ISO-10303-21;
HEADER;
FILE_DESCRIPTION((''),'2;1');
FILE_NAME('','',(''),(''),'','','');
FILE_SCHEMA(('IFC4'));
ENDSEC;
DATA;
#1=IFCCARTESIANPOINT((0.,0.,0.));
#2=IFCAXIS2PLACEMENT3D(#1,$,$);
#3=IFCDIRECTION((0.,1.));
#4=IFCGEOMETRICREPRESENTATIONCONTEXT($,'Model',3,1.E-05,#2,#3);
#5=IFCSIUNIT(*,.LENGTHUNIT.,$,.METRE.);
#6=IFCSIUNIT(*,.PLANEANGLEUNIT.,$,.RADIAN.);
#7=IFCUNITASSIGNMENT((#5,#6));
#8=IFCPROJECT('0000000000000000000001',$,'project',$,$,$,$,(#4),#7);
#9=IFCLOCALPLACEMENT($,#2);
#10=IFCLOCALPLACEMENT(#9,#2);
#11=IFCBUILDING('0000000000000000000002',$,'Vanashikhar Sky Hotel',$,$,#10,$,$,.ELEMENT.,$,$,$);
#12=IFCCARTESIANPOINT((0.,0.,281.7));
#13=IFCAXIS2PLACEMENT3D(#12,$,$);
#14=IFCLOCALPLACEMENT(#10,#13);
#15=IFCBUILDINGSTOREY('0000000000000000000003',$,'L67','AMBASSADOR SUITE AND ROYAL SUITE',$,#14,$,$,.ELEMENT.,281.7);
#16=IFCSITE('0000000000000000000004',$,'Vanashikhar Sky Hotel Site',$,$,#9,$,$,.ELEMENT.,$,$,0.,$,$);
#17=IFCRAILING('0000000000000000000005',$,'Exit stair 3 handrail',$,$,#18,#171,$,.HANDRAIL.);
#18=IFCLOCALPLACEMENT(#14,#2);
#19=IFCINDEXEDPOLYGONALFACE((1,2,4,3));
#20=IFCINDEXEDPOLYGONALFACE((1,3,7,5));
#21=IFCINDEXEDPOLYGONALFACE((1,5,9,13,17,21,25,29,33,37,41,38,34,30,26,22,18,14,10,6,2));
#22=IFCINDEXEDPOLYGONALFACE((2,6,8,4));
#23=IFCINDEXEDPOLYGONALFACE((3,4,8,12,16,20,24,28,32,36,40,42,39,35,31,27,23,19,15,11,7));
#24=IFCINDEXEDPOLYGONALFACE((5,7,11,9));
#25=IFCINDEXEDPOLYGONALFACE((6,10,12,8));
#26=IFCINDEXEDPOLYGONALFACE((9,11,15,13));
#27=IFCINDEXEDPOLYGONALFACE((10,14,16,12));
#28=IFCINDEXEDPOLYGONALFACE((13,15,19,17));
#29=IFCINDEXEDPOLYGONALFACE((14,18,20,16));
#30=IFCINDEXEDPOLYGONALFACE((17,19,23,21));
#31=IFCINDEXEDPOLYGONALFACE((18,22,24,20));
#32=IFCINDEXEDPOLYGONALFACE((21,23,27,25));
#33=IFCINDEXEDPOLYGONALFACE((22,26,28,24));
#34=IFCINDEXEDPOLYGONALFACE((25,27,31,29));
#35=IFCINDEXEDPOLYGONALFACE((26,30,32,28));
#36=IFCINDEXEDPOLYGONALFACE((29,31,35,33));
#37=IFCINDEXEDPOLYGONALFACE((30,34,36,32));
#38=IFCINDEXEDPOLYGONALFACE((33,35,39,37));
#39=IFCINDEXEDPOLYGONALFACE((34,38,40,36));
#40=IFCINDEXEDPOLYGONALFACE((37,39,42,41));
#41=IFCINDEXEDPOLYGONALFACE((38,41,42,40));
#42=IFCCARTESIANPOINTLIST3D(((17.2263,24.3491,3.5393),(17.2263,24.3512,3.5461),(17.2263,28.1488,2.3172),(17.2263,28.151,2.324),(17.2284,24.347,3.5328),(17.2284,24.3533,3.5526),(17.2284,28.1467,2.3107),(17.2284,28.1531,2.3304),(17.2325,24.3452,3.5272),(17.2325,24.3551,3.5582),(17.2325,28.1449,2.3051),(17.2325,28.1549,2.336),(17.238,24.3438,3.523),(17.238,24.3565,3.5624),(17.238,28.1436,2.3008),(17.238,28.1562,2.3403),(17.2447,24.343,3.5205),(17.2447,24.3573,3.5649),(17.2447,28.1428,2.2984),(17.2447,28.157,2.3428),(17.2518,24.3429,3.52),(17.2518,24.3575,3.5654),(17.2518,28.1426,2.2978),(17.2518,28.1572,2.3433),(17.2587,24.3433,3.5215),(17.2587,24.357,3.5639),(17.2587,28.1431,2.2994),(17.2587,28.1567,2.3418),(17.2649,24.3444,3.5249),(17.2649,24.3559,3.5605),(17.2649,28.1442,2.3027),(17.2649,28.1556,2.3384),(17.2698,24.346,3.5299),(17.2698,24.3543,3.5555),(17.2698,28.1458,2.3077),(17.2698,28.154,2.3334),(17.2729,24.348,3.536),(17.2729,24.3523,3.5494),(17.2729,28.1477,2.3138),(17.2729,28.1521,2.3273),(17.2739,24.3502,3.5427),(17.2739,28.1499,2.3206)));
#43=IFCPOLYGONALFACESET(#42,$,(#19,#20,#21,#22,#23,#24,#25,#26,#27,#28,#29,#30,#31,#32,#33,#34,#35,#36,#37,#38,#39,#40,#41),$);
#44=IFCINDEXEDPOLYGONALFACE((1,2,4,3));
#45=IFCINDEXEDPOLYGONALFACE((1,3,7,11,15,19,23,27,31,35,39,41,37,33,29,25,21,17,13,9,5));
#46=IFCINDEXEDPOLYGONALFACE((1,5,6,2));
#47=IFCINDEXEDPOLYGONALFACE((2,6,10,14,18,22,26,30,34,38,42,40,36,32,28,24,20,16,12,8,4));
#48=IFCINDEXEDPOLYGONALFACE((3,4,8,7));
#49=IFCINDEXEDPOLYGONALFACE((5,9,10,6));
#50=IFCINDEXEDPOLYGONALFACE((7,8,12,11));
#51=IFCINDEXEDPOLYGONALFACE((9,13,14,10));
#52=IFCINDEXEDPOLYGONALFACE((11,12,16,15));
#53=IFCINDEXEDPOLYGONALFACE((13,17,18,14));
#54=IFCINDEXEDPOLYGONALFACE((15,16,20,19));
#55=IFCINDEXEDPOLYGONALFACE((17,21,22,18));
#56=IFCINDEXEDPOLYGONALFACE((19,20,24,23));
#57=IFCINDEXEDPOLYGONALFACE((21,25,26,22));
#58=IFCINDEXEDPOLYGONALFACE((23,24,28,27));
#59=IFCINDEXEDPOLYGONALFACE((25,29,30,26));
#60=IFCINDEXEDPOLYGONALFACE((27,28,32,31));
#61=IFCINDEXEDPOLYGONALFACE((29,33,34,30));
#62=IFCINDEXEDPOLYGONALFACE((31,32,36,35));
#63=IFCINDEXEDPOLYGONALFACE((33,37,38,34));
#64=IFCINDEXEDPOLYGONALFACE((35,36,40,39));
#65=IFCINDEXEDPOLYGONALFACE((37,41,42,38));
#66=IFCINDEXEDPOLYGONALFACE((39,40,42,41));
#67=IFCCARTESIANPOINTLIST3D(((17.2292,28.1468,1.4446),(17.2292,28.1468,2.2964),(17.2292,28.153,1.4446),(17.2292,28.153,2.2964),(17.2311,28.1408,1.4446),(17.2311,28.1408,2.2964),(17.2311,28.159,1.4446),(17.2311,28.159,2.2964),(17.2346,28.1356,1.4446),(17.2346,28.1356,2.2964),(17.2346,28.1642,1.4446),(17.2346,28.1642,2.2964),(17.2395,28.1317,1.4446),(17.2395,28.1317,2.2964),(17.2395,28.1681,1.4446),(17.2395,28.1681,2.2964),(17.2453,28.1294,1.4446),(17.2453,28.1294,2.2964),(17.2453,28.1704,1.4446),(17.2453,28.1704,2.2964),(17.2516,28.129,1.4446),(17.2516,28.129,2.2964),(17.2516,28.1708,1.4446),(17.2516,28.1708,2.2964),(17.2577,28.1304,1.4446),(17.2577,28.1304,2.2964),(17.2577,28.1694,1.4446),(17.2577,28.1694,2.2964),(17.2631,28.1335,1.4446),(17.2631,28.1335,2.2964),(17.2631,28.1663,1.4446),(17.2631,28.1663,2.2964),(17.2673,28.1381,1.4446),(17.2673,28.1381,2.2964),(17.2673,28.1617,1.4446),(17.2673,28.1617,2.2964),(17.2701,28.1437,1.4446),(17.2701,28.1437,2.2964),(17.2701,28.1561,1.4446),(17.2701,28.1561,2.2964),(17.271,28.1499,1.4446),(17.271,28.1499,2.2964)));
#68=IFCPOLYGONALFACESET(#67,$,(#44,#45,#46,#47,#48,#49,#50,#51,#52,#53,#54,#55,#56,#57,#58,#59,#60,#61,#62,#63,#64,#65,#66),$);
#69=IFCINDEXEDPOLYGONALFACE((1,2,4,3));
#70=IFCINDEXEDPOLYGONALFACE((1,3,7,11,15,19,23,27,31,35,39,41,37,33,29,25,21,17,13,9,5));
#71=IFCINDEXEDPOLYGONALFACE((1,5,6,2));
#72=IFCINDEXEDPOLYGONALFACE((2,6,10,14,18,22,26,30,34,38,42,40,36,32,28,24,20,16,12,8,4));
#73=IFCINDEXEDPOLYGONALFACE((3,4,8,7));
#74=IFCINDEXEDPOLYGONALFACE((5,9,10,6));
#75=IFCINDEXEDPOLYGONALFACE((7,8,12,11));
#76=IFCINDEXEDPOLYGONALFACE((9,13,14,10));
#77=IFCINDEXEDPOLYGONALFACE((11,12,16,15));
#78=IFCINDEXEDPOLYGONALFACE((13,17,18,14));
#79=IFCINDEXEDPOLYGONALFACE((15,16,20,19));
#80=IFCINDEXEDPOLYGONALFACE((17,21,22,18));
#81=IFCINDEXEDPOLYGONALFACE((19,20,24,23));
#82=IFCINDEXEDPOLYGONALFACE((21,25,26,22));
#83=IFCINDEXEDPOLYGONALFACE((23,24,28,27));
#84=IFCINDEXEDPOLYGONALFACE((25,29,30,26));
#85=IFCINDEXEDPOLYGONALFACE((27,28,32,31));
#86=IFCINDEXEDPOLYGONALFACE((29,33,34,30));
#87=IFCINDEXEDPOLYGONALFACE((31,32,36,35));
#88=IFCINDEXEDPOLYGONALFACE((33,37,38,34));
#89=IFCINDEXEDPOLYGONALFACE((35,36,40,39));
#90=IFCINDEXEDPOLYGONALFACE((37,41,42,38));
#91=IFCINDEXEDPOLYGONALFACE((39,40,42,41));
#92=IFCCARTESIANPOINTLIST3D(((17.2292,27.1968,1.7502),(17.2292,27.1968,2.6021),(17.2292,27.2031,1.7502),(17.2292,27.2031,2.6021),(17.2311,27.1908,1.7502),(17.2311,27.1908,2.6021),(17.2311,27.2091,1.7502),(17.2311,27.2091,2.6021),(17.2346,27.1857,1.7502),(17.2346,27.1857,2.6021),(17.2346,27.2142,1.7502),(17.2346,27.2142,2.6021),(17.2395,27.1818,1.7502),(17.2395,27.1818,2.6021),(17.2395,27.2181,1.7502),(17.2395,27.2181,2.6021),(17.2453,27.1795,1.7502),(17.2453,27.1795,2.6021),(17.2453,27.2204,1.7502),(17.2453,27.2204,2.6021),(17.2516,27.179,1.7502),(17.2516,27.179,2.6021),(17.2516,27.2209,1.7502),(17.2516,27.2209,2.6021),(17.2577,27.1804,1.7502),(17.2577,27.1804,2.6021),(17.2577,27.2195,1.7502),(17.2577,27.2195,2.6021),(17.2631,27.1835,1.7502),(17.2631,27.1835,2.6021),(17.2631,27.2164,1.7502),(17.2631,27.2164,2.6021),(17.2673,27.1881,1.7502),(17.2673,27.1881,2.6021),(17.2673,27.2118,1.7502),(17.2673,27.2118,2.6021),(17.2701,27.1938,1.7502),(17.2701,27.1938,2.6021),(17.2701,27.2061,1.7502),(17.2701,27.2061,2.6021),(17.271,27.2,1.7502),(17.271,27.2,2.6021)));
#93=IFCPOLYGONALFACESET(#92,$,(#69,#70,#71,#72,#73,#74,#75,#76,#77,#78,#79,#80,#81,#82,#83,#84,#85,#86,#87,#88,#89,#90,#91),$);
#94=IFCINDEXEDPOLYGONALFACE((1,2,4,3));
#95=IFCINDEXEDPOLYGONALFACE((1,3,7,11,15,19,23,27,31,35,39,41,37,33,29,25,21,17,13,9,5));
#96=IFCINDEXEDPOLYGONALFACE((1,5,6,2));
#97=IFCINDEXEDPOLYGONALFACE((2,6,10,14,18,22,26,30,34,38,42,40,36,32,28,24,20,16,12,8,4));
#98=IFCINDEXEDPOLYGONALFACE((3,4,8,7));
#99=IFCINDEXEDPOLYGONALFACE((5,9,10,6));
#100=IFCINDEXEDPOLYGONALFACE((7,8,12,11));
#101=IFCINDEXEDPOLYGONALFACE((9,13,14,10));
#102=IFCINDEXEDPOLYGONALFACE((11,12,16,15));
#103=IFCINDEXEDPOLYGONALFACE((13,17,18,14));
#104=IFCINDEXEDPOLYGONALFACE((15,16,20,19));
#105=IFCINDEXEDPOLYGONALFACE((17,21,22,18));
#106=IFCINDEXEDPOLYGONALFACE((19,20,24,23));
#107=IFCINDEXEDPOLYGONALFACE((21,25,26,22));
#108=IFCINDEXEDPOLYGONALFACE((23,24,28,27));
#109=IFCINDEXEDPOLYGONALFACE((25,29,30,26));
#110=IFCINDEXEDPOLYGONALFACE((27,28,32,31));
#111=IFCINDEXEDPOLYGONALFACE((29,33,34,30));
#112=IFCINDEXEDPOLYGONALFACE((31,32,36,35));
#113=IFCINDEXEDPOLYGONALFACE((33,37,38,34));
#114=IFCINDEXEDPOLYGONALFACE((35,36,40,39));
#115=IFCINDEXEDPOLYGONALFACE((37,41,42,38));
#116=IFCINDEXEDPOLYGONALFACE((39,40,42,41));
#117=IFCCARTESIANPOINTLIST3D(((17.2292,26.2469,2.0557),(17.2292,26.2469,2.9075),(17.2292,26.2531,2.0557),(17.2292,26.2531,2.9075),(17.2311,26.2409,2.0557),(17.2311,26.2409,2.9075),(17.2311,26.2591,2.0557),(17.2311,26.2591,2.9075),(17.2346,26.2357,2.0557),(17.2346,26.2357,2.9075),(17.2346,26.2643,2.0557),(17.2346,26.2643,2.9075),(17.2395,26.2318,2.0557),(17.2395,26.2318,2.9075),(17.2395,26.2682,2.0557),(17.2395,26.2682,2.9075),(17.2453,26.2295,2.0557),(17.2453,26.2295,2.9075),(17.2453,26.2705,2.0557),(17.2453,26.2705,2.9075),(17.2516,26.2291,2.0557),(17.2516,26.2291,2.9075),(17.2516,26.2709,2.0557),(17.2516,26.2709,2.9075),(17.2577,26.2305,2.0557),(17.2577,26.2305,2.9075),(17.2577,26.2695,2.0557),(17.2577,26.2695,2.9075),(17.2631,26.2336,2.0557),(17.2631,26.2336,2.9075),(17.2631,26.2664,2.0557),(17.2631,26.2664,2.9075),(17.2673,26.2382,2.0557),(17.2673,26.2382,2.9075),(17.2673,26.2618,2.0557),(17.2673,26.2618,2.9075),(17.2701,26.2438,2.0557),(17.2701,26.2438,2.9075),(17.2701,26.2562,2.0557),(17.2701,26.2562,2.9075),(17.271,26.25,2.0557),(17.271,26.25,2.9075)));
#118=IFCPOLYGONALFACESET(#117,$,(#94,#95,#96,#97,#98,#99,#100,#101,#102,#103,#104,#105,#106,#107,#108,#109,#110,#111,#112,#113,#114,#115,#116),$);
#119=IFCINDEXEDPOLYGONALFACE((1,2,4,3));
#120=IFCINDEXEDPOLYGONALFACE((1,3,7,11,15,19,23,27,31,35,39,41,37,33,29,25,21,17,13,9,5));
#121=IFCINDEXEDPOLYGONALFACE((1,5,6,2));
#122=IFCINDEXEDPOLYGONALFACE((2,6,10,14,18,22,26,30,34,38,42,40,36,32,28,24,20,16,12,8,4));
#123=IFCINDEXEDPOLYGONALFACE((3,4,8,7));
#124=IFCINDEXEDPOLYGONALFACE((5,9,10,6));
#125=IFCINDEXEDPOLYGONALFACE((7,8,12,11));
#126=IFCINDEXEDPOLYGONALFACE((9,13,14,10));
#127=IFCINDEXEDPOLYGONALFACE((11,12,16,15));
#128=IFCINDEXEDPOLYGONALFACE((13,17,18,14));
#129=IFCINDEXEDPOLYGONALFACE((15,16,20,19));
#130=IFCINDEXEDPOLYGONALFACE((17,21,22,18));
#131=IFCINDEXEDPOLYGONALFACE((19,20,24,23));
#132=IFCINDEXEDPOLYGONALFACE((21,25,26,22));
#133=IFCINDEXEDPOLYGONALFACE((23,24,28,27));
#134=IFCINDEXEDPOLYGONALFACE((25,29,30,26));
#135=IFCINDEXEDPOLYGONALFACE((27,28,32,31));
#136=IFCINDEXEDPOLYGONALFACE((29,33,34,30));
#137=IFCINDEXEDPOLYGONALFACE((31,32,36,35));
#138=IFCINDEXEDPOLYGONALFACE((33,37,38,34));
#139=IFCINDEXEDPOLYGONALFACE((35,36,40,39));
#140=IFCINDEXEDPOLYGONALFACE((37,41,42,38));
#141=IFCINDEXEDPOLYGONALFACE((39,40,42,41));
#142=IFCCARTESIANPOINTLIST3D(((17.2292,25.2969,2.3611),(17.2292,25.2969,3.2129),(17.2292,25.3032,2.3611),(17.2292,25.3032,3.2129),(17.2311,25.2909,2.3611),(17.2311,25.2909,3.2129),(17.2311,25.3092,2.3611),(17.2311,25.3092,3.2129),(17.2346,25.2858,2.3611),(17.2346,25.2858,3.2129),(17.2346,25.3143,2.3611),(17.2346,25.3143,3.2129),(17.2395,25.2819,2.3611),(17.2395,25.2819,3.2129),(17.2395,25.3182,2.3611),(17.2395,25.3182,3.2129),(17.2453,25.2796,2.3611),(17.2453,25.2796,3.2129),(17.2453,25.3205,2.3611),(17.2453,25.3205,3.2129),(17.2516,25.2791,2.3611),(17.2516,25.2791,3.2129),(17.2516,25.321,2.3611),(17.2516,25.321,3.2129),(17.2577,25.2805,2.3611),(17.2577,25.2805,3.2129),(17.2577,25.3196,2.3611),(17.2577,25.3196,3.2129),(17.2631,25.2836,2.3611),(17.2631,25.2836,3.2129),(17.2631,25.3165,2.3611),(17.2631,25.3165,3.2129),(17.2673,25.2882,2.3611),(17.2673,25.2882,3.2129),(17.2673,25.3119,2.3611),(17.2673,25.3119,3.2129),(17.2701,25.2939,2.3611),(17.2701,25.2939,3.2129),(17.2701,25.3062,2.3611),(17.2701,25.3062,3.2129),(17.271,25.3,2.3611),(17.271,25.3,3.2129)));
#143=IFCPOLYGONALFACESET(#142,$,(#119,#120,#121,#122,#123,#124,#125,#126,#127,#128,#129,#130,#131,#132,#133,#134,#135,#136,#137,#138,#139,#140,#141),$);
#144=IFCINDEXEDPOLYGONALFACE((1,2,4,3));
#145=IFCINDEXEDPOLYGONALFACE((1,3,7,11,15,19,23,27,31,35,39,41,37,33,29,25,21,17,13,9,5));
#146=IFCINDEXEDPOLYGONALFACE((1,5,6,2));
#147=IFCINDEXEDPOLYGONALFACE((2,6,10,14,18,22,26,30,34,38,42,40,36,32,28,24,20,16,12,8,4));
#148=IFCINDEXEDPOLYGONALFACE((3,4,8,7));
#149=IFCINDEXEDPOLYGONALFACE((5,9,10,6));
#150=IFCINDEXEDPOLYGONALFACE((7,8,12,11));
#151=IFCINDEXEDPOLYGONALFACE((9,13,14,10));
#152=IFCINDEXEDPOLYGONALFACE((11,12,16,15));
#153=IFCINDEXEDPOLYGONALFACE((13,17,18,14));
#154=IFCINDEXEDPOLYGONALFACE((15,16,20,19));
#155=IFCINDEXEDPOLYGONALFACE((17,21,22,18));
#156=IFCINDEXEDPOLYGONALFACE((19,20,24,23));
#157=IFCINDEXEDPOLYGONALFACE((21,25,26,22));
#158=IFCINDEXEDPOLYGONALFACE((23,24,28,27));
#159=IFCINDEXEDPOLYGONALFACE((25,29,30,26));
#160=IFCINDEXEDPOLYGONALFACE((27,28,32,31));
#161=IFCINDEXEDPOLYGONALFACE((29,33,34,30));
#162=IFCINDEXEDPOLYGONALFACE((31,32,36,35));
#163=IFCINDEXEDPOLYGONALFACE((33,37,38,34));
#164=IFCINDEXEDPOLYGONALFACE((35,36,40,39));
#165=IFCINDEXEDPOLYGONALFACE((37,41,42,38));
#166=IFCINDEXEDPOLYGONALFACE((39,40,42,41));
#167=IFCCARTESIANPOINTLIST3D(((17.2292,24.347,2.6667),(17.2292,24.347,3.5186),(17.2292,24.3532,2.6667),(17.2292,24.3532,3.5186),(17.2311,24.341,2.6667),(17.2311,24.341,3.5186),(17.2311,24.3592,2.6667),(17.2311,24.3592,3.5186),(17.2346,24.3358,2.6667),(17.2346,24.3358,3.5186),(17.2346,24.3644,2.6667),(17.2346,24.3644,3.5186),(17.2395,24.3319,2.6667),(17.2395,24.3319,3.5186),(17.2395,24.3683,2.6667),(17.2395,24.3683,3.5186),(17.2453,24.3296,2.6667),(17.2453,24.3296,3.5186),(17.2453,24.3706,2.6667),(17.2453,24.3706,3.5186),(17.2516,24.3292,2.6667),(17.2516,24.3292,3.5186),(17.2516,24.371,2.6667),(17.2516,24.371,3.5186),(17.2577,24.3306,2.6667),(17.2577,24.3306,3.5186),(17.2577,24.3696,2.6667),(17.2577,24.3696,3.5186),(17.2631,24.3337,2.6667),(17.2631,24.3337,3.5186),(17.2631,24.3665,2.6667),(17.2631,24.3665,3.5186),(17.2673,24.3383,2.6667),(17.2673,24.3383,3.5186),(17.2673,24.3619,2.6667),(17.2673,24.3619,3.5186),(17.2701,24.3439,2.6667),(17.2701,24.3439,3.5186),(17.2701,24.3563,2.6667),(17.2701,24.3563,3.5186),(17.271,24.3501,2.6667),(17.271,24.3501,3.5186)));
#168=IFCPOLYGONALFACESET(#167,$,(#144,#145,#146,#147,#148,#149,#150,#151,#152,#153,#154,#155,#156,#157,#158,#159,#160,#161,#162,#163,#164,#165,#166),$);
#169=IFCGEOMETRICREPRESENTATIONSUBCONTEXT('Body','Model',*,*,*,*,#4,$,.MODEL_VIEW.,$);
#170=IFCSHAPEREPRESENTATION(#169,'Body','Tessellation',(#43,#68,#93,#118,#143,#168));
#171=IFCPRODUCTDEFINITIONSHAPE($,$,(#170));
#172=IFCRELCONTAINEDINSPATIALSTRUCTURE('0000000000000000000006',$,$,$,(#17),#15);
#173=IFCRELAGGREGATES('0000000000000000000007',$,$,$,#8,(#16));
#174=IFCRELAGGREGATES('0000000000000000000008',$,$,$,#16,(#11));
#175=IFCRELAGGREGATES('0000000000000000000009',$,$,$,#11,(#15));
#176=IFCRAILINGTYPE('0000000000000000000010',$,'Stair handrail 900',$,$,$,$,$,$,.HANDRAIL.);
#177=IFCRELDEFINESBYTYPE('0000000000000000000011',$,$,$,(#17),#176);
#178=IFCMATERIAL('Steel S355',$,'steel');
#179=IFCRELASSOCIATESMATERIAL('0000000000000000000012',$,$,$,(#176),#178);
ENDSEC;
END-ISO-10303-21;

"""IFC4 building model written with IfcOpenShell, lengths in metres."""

from ifc_helpers import new_model, si_unit, direction, frame, origin, origin_2d, place, context, subcontext, project, spatial, circle, extrude, source, transform, mapped, material, type_object, element, save


model = new_model("IFC4")

# Units and contexts
model_context = context("Model", 3, precision=1e-05, world=origin(), true_north=direction((0.0, 1.0)))
body_context = subcontext(model_context, "Body", "Model", "MODEL_VIEW")
ifc_project = project(units=[si_unit("LENGTHUNIT", "METRE"), si_unit("PLANEANGLEUNIT", "RADIAN")], contexts=[model_context])

# Site, building, storey
site_placement = place(None, origin())
site = spatial("IfcSite", under=ifc_project, at=site_placement, Name="Vanashikhar Sky Hotel Site", CompositionType="ELEMENT", RefElevation=0.0)
building_placement = place(site_placement, origin())
building = spatial("IfcBuilding", under=site, at=building_placement, Name="Vanashikhar Sky Hotel", CompositionType="ELEMENT")
storey_placement = place(building_placement, frame((0.0, 0.0, 281.7)))
storey = spatial("IfcBuildingStorey", under=building, at=storey_placement, Name="L67", Description="AMBASSADOR SUITE AND ROYAL SUITE", CompositionType="ELEMENT", Elevation=281.7)

# Railing
ifc_material_1 = material(Name="Steel S355", Category="steel")
railing_type_1 = type_object("IfcRailingType", Name="Stair handrail 900", PredefinedType="HANDRAIL", material=ifc_material_1)
shared_shape_1 = source(origin(), body_context, "Body", "SweptSolid", [
    extrude(circle(Radius=0.0239, at=origin_2d()), frame((0.0, 0.0, 0.876), z_axis=(0.0, -0.95197, 0.306191), x_axis=(1.0, 0.0, 0.0)), (0.0, 0.0, 1.0), 3.9915),
    extrude(circle(Radius=0.021, at=origin_2d()), origin(), (0.0, 0.0, 1.0), 0.8518),
    extrude(circle(Radius=0.021, at=origin_2d()), frame((0.0, -0.95, 0.3057)), (0.0, 0.0, 1.0), 0.8518),
    extrude(circle(Radius=0.021, at=origin_2d()), frame((0.0, -1.8999, 0.6111)), (0.0, 0.0, 1.0), 0.8518),
    extrude(circle(Radius=0.021, at=origin_2d()), frame((0.0, -2.8499, 0.9165)), (0.0, 0.0, 1.0), 0.8518),
    extrude(circle(Radius=0.021, at=origin_2d()), frame((0.0, -3.7998, 1.2222)), (0.0, 0.0, 1.0), 0.8518),
])
railing_1_placement = place(storey_placement, frame((17.25, 28.1499, 1.4446)))
element("IfcRailing", 1, at=railing_1_placement, inside=storey, type_object=railing_type_1, Name="Exit stair 3 handrail", PredefinedType="HANDRAIL", context=body_context, shape_type="MappedRepresentation", body=[
    mapped(shared_shape_1, transform((0.0, 0.0, 0.0), scale=1.0)),
])

save(model, "model.ifc")
